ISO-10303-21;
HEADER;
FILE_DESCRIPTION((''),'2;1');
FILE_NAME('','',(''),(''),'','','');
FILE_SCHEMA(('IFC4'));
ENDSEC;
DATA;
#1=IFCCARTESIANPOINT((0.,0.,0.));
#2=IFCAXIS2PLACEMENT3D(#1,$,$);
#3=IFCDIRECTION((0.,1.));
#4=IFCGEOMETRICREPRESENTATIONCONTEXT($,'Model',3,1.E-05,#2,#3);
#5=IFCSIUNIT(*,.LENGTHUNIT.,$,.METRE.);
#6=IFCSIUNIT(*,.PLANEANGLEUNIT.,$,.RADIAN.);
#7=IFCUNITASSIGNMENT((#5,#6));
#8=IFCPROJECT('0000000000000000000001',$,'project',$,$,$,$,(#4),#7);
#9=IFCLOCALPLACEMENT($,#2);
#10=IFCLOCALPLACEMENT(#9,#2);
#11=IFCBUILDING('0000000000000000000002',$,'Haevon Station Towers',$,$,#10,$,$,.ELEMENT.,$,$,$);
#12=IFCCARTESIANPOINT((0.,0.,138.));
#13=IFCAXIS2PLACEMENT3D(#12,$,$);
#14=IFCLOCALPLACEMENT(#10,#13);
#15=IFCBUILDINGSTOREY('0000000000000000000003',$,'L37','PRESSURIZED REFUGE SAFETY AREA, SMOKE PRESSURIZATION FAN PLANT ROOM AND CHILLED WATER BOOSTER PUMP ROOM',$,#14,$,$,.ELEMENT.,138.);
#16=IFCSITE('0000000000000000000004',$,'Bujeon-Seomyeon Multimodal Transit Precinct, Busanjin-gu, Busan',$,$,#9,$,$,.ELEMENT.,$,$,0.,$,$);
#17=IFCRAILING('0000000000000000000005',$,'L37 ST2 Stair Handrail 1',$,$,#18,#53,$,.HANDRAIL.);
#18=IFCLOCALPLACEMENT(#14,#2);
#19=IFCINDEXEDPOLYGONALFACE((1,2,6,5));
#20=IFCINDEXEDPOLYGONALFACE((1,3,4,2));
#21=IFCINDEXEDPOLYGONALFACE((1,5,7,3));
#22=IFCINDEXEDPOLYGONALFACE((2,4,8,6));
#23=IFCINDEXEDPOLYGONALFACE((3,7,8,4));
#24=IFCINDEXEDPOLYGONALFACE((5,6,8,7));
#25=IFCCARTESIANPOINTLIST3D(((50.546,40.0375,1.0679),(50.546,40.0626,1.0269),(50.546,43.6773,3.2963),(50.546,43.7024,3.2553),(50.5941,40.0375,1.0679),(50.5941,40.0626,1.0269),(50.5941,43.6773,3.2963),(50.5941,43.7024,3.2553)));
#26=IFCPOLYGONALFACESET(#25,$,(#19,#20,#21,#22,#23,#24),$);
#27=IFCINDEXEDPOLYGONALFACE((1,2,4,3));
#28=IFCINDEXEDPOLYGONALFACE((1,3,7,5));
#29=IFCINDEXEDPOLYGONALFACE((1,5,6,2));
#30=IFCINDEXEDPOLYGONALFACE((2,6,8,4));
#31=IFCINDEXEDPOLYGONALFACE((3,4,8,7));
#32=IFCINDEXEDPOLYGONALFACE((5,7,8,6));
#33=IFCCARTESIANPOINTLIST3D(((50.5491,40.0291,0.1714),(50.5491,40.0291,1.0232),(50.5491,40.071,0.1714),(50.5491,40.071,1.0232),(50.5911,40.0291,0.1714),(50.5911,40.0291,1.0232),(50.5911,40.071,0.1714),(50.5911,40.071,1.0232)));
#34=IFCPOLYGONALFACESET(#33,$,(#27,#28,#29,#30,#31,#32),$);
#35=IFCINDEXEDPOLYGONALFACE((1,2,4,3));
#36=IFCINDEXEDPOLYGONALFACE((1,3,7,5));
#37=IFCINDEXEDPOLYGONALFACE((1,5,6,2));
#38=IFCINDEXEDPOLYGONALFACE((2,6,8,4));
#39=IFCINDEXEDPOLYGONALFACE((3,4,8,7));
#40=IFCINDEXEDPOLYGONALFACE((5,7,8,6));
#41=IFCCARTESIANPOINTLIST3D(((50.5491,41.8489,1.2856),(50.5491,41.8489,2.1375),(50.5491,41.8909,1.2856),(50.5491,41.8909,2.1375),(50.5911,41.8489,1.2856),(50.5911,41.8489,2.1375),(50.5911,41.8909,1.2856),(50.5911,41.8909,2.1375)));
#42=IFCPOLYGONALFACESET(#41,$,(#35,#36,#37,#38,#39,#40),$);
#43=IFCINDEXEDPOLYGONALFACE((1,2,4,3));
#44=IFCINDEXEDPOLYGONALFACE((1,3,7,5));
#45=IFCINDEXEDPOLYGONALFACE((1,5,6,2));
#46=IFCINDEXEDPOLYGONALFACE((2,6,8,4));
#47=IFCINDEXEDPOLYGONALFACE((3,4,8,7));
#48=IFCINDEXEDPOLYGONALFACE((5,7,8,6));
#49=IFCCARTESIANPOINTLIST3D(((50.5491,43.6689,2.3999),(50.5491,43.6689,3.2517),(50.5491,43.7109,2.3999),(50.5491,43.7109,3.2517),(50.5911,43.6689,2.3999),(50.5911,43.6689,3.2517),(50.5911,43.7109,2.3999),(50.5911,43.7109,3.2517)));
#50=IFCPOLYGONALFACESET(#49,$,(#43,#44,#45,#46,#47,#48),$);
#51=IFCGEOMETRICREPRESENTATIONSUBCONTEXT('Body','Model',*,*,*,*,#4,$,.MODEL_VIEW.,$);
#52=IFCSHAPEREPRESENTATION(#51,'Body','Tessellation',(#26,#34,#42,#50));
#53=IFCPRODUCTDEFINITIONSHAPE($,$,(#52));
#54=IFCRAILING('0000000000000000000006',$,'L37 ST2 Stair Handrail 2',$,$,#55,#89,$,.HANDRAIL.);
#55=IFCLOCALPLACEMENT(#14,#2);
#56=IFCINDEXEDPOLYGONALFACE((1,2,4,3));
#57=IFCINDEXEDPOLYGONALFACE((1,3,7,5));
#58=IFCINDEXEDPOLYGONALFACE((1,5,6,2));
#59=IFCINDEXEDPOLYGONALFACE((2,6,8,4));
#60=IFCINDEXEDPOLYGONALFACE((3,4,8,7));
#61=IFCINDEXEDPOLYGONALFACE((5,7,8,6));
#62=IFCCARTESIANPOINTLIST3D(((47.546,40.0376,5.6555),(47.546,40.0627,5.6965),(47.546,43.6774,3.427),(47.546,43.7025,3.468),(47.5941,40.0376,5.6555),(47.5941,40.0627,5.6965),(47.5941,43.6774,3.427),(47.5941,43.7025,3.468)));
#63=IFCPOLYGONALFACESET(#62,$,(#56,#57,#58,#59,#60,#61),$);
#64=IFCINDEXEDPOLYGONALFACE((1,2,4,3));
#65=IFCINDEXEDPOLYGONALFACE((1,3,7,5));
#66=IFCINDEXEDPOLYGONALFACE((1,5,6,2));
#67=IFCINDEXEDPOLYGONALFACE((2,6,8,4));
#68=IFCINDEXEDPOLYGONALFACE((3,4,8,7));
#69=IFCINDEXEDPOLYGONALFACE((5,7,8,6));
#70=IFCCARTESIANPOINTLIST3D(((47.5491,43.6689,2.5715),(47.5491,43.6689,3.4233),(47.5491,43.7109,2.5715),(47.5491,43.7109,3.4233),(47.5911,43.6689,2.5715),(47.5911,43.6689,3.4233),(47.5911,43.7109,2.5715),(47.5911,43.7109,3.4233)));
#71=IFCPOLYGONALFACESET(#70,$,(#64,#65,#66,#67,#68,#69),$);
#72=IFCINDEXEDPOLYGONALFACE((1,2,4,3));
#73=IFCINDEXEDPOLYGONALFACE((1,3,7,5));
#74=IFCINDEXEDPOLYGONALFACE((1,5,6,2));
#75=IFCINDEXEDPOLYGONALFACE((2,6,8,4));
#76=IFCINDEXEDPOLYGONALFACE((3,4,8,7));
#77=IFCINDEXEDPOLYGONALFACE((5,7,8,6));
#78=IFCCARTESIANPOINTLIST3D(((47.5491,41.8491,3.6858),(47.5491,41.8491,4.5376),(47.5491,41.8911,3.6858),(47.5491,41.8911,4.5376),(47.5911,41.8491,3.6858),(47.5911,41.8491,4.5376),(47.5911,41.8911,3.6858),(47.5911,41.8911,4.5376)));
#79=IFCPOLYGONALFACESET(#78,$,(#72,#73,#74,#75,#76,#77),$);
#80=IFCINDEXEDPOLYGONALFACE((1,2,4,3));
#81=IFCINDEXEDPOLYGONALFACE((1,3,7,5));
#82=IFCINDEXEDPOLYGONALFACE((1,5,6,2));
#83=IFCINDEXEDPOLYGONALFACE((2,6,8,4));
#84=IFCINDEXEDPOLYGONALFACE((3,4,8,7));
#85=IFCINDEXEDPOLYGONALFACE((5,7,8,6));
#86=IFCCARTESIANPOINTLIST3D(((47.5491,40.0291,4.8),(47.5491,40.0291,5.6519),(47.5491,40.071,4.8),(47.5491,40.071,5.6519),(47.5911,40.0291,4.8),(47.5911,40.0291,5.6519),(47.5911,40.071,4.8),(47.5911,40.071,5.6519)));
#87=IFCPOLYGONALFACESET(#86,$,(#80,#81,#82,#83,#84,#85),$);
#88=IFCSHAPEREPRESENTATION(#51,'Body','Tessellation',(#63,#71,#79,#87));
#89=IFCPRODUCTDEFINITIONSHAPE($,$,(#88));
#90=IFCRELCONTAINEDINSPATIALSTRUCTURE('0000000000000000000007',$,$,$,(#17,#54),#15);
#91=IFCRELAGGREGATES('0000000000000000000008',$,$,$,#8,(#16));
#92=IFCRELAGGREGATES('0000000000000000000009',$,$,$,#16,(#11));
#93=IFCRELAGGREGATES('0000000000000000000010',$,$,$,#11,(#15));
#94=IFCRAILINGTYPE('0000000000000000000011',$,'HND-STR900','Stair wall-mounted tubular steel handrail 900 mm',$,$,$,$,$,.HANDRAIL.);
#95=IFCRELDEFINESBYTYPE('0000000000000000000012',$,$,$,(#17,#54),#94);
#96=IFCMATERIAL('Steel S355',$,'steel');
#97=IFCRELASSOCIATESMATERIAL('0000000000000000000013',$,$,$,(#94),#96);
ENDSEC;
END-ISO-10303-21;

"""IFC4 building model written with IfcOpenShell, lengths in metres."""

from ifc_helpers import new_model, si_unit, direction, frame, origin, origin_2d, place, context, subcontext, project, spatial, rectangle, extrude, material, type_object, element, save


model = new_model("IFC4")

# Units and contexts
model_context = context("Model", 3, precision=1e-05, world=origin(), true_north=direction((0.0, 1.0)))
body_context = subcontext(model_context, "Body", "Model", "MODEL_VIEW")
ifc_project = project(units=[si_unit("LENGTHUNIT", "METRE"), si_unit("PLANEANGLEUNIT", "RADIAN")], contexts=[model_context])

# Site, building, storey
site_placement = place(None, origin())
site = spatial("IfcSite", under=ifc_project, at=site_placement, Name="Bujeon-Seomyeon Multimodal Transit Precinct, Busanjin-gu, Busan", CompositionType="ELEMENT", RefElevation=0.0)
building_placement = place(site_placement, origin())
building = spatial("IfcBuilding", under=site, at=building_placement, Name="Haevon Station Towers", CompositionType="ELEMENT")
storey_placement = place(building_placement, frame((0.0, 0.0, 138.0)))
storey = spatial("IfcBuildingStorey", under=building, at=storey_placement, Name="L37", Description="PRESSURIZED REFUGE SAFETY AREA, SMOKE PRESSURIZATION FAN PLANT ROOM AND CHILLED WATER BOOSTER PUMP ROOM", CompositionType="ELEMENT", Elevation=138.0)

# Shared definitions
ifc_material_1 = material(Name="Steel S355", Category="steel")

# Railings
railing_type_1 = type_object("IfcRailingType", Name="HND-STR900", Description="Stair wall-mounted tubular steel handrail 900 mm", PredefinedType="HANDRAIL", material=ifc_material_1)
railing_1_placement = place(storey_placement, frame((50.5701, 40.05, 0.1714)))
element("IfcRailing", 1, at=railing_1_placement, inside=storey, type_object=railing_type_1, Name="L37 ST2 Stair Handrail 1", PredefinedType="HANDRAIL", context=body_context, shape_type="SweptSolid", body=[
    extrude(rectangle(XDim=0.0481, YDim=0.0481, at=origin_2d()), frame((0.0, 0.0, 0.876), z_axis=(0.0, 0.85285, 0.522156), x_axis=(-1.0, 0.0, 0.0)), (0.0, 0.0, 1.0), 4.2678),
    extrude(rectangle(XDim=0.042, YDim=0.042, at=origin_2d()), origin(), (0.0, 0.0, 1.0), 0.8518),
    extrude(rectangle(XDim=0.042, YDim=0.042, at=origin_2d()), frame((0.0, 1.8198, 1.1143)), (0.0, 0.0, 1.0), 0.8518),
    extrude(rectangle(XDim=0.042, YDim=0.042, at=origin_2d()), frame((0.0, 3.6399, 2.2285)), (0.0, 0.0, 1.0), 0.8518),
])
railing_2_placement = place(storey_placement, frame((47.5701, 43.6899, 2.5715)))
element("IfcRailing", 2, at=railing_2_placement, inside=storey, type_object=railing_type_1, Name="L37 ST2 Stair Handrail 2", PredefinedType="HANDRAIL", context=body_context, shape_type="SweptSolid", body=[
    extrude(rectangle(XDim=0.0481, YDim=0.0481, at=origin_2d()), frame((0.0, 0.0, 0.876), z_axis=(0.0, -0.85285, 0.522156), x_axis=(1.0, 0.0, 0.0)), (0.0, 0.0, 1.0), 4.2678),
    extrude(rectangle(XDim=0.042, YDim=0.042, at=origin_2d()), origin(), (0.0, 0.0, 1.0), 0.8518),
    extrude(rectangle(XDim=0.042, YDim=0.042, at=origin_2d()), frame((0.0, -1.8198, 1.1143)), (0.0, 0.0, 1.0), 0.8518),
    extrude(rectangle(XDim=0.042, YDim=0.042, at=origin_2d()), frame((0.0, -3.6399, 2.2285)), (0.0, 0.0, 1.0), 0.8518),
])

save(model, "model.ifc")
